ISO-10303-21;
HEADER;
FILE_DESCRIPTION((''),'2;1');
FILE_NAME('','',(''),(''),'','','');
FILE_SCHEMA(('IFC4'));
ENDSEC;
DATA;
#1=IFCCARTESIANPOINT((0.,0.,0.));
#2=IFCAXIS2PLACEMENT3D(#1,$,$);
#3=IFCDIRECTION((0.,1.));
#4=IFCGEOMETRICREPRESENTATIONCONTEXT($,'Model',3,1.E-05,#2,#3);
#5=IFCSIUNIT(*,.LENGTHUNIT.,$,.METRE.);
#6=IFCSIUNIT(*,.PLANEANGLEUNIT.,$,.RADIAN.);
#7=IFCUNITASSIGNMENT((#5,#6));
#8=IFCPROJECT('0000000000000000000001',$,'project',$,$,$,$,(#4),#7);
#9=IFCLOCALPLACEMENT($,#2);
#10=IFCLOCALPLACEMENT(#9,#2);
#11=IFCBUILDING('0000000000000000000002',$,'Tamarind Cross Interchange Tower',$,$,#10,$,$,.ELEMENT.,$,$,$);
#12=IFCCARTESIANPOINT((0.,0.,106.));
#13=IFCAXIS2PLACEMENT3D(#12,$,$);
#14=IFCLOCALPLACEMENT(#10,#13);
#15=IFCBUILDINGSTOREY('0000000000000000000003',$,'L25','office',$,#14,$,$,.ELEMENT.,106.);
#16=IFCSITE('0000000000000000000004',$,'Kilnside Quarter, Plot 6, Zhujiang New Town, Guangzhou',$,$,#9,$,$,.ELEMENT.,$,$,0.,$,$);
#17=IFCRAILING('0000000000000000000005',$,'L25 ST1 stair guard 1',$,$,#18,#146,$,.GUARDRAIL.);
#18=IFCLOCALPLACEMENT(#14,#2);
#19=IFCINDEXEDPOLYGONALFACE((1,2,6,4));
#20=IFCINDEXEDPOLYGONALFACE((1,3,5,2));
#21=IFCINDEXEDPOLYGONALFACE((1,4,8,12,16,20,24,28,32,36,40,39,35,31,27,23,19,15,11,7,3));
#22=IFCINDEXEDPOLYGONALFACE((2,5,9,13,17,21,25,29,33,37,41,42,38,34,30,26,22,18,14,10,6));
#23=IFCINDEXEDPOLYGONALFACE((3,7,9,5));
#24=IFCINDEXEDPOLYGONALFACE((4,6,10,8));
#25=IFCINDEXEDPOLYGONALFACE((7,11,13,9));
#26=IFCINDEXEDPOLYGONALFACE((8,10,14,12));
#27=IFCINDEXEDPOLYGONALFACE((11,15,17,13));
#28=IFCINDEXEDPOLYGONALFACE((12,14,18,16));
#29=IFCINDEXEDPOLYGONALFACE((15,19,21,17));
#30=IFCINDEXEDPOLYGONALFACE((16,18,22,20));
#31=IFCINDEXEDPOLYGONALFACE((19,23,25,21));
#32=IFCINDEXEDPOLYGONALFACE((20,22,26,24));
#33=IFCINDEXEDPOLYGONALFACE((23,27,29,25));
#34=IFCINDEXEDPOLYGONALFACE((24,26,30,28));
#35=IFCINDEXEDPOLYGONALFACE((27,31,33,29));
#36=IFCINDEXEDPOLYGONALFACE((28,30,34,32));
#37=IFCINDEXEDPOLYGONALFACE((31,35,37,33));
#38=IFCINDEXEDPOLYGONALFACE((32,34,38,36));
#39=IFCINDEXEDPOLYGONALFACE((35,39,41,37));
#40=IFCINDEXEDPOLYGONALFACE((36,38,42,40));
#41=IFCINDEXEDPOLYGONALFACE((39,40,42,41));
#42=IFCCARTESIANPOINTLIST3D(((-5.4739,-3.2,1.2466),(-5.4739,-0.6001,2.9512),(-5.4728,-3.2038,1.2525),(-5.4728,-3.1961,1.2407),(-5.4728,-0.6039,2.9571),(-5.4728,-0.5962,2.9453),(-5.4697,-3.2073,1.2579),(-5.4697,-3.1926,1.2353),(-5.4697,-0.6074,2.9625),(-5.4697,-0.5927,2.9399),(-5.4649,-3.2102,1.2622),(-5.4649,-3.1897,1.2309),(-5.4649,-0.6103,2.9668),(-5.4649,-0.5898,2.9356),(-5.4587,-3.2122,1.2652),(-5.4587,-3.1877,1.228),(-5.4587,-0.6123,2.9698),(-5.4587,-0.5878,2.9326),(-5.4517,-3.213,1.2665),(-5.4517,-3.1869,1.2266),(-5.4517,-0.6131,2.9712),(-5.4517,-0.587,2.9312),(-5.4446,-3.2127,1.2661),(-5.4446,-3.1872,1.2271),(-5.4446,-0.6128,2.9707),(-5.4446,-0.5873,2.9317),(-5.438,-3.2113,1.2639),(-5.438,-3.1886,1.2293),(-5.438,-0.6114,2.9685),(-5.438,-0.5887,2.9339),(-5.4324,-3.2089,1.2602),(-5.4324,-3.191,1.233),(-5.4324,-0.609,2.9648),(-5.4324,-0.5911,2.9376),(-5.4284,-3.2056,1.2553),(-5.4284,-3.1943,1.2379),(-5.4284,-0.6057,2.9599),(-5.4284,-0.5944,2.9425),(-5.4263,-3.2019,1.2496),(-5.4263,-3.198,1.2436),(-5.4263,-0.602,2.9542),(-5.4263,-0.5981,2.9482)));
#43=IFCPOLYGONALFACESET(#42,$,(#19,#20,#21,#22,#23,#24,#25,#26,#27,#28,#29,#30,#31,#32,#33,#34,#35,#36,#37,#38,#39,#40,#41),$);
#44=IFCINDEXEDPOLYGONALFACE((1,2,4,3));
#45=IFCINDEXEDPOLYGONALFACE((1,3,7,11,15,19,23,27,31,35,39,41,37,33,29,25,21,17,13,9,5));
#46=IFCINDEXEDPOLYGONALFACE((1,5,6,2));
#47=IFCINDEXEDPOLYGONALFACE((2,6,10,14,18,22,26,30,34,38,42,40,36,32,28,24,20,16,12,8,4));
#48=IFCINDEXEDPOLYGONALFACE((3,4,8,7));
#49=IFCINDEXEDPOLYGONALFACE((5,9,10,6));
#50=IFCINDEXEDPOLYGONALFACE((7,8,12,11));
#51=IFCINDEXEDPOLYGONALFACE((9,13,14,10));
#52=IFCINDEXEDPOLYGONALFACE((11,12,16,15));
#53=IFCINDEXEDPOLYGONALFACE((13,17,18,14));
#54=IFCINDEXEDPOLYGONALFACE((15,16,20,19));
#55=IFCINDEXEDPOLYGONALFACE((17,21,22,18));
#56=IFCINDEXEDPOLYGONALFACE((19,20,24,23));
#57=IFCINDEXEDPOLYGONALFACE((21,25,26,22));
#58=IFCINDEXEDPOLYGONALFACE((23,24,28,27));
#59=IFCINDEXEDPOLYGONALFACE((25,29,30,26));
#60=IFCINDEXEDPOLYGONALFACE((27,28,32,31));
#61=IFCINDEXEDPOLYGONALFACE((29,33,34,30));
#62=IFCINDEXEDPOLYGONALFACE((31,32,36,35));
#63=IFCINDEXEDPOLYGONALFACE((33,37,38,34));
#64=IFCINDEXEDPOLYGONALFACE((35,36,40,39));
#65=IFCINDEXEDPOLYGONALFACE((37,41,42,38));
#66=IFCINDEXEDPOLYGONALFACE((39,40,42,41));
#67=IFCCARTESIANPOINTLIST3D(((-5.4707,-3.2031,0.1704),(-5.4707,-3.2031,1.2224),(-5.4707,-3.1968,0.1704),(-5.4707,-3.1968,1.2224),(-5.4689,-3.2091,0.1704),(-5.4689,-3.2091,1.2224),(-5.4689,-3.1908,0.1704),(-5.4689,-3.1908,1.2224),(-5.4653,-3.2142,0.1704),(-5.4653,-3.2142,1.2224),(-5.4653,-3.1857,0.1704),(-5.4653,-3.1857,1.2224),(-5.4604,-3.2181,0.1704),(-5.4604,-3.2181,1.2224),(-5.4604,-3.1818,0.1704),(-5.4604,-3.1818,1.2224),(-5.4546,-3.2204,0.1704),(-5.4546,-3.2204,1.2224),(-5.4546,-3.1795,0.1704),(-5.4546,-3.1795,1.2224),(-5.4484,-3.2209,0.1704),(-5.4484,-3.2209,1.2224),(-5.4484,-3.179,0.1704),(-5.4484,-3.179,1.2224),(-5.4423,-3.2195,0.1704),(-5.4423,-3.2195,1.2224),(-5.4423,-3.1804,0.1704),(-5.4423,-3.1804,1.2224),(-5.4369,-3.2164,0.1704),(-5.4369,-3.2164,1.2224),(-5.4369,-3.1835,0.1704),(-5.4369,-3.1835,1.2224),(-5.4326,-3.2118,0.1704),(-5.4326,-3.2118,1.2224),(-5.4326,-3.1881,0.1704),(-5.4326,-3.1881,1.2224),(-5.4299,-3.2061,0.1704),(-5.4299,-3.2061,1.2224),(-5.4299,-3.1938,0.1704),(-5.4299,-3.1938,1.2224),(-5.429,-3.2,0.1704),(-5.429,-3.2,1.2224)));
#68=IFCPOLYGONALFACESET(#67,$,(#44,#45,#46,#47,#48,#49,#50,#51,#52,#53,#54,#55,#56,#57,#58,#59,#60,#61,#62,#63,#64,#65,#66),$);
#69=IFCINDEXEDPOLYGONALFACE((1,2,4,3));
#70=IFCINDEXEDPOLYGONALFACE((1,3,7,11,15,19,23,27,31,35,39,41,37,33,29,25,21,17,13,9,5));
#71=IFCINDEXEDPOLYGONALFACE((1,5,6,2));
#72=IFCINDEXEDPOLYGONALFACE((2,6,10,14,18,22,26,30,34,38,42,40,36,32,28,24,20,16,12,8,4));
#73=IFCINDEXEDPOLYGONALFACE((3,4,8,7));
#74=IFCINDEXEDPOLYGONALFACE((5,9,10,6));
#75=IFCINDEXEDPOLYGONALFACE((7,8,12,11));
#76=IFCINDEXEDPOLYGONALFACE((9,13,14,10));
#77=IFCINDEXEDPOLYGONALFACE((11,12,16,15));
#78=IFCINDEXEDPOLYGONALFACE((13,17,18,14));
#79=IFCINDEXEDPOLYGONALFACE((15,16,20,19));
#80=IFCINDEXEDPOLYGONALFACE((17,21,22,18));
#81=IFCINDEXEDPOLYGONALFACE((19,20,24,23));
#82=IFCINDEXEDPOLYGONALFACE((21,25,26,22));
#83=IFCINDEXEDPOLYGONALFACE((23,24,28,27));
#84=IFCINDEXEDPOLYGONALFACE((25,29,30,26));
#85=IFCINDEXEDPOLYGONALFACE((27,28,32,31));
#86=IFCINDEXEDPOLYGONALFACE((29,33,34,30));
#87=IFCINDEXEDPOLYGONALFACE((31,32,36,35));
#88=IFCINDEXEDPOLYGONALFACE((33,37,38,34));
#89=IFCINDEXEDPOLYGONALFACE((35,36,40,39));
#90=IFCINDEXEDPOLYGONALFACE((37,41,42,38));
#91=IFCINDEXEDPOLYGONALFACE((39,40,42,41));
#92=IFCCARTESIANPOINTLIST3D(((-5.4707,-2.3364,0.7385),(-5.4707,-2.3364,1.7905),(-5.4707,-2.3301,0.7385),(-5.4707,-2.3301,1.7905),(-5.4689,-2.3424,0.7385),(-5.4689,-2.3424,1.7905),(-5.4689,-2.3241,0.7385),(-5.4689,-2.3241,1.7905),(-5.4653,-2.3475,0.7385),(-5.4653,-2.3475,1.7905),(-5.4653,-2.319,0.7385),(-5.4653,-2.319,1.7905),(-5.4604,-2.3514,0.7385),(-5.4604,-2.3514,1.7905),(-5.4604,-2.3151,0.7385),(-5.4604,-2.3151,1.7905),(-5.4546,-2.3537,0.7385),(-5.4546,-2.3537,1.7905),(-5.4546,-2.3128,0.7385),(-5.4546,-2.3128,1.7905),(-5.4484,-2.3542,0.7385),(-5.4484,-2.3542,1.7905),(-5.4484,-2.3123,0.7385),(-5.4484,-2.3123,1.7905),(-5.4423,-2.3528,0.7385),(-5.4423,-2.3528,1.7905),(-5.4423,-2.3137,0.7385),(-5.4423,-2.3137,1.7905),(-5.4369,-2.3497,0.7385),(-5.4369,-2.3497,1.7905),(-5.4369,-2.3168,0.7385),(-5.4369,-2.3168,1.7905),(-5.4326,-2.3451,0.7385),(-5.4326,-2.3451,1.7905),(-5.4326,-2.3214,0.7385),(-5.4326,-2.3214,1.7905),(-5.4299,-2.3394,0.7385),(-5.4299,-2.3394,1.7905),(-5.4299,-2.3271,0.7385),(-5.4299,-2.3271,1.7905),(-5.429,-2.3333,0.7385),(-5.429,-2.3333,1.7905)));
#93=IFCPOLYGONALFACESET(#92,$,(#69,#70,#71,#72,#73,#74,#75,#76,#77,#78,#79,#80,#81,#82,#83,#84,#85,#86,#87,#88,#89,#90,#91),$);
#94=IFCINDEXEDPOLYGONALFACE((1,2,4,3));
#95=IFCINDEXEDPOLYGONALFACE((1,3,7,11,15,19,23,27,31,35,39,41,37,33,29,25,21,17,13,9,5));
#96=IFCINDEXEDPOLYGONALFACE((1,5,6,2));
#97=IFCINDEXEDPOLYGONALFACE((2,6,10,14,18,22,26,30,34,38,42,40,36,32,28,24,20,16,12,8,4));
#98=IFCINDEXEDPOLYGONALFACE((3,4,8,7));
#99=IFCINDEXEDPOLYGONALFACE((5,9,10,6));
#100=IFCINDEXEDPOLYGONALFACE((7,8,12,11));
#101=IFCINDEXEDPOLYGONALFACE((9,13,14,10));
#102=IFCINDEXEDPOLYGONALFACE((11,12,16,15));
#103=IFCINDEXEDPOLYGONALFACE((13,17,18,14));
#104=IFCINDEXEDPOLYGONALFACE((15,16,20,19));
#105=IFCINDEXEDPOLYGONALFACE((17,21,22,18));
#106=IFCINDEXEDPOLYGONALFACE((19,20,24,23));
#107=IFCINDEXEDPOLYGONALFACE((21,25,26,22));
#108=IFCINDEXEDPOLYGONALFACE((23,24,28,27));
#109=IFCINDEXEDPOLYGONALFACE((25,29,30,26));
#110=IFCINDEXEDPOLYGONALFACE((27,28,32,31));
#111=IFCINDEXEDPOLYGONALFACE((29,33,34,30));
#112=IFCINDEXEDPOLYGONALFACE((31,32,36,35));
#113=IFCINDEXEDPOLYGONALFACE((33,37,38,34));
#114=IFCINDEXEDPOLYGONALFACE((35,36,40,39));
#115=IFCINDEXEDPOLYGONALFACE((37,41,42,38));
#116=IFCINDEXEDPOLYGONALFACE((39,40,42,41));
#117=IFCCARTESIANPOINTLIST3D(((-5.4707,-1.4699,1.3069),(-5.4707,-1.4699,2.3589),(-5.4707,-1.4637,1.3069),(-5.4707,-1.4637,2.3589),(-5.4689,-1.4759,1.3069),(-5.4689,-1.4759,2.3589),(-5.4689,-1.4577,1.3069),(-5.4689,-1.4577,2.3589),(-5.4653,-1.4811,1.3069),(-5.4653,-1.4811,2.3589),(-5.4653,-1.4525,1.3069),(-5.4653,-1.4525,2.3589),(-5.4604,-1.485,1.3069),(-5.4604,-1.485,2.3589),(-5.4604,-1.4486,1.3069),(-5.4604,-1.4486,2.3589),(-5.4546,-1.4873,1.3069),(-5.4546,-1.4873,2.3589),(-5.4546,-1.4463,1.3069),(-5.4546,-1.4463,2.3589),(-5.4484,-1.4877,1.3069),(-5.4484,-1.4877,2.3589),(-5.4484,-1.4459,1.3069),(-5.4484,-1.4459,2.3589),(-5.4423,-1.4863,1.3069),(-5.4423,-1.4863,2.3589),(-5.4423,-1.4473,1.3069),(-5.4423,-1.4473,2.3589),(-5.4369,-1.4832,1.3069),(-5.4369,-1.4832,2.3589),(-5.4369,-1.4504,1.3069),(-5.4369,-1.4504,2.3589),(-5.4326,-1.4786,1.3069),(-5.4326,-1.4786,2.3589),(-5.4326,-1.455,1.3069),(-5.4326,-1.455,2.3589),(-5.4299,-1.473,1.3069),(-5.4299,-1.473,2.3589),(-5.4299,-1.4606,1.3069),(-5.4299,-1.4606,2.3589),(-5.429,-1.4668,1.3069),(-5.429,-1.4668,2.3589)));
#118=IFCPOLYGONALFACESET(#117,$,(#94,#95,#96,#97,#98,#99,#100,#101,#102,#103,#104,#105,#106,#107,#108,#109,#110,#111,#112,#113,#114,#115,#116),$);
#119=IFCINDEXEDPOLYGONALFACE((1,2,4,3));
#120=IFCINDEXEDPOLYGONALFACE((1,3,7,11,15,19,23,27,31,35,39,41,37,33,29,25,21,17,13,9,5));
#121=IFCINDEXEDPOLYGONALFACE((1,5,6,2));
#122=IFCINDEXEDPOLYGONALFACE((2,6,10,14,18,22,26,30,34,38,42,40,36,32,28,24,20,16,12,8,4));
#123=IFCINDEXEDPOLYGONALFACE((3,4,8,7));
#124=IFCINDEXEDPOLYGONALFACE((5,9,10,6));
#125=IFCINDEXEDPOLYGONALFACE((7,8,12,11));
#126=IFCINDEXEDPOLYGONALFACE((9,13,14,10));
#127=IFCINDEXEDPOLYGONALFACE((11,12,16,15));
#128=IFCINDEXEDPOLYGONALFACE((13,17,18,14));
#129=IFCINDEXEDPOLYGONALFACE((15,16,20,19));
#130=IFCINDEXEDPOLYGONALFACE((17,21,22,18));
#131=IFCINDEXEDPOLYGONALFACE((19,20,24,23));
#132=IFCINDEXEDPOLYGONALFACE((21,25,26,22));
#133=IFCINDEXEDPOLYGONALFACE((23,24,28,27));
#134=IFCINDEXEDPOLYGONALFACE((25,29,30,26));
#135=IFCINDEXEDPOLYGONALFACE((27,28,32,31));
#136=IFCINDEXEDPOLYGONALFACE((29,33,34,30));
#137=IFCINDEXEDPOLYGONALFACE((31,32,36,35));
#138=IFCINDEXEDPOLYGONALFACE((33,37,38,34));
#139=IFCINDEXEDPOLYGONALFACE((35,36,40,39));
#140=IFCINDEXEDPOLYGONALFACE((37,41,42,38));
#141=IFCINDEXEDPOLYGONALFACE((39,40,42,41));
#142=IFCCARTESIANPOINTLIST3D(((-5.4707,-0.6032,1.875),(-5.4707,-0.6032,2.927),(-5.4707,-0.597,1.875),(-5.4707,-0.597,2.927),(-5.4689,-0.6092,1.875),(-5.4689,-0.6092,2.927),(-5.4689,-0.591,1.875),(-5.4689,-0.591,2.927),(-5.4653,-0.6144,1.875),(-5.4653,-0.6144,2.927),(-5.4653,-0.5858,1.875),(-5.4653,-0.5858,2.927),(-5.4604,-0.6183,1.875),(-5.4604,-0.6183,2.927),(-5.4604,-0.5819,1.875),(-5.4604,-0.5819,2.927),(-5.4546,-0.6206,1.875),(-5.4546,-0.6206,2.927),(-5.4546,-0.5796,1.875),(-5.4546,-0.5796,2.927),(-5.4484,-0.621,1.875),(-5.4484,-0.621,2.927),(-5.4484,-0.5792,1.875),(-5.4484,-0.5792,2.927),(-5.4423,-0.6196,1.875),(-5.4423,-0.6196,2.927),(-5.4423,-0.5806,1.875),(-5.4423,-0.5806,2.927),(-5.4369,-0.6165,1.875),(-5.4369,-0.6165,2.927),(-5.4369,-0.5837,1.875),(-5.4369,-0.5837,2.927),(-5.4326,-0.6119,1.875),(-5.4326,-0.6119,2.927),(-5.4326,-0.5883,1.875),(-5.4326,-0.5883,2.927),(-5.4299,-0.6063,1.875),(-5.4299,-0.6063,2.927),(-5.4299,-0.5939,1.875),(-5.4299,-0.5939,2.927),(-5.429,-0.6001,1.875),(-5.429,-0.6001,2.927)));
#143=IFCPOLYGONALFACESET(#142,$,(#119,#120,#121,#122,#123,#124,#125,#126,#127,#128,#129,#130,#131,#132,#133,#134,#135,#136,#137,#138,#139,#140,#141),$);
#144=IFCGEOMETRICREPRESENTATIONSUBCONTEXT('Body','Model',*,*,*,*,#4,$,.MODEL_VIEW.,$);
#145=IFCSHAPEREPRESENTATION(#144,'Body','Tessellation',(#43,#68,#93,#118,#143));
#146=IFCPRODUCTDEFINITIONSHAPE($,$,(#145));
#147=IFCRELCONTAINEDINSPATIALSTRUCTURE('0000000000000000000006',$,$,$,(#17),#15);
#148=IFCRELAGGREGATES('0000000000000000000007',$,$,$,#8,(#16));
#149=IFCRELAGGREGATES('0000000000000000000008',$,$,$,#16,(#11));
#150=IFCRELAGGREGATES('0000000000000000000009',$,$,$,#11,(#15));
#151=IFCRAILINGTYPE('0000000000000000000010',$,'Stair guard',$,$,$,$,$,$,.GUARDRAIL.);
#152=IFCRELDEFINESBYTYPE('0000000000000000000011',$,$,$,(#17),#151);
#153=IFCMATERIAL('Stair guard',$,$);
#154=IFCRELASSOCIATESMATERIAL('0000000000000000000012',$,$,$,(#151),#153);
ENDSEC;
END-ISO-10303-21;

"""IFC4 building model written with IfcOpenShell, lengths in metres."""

from ifc_helpers import new_model, si_unit, direction, frame, origin, origin_2d, place, context, subcontext, project, spatial, circle, extrude, material, type_object, element, save


model = new_model("IFC4")

# Units and contexts
model_context = context("Model", 3, precision=1e-05, world=origin(), true_north=direction((0.0, 1.0)))
body_context = subcontext(model_context, "Body", "Model", "MODEL_VIEW")
ifc_project = project(units=[si_unit("LENGTHUNIT", "METRE"), si_unit("PLANEANGLEUNIT", "RADIAN")], contexts=[model_context])

# Site, building, storey
site_placement = place(None, origin())
site = spatial("IfcSite", under=ifc_project, at=site_placement, Name="Kilnside Quarter, Plot 6, Zhujiang New Town, Guangzhou", CompositionType="ELEMENT", RefElevation=0.0)
building_placement = place(site_placement, origin())
building = spatial("IfcBuilding", under=site, at=building_placement, Name="Tamarind Cross Interchange Tower", CompositionType="ELEMENT")
storey_placement = place(building_placement, frame((0.0, 0.0, 106.0)))
storey = spatial("IfcBuildingStorey", under=building, at=storey_placement, Name="L25", Description="office", CompositionType="ELEMENT", Elevation=106.0)

# Railing
ifc_material_1 = material(Name="Stair guard")
railing_type_1 = type_object("IfcRailingType", Name="Stair guard", PredefinedType="GUARDRAIL", material=ifc_material_1)
railing_1_placement = place(storey_placement, frame((-5.45, -3.2, 0.1704)))
element("IfcRailing", 1, at=railing_1_placement, inside=storey, type_object=railing_type_1, Name="L25 ST1 stair guard 1", PredefinedType="GUARDRAIL", context=body_context, shape_type="SweptSolid", body=[
    extrude(circle(Radius=0.0239, at=origin_2d()), frame((0.0, 0.0, 1.0762), z_axis=(0.0, 0.836279, 0.548305), x_axis=(-1.0, 0.0, 0.0)), (0.0, 0.0, 1.0), 3.1089),
    extrude(circle(Radius=0.021, at=origin_2d()), origin(), (0.0, 0.0, 1.0), 1.052),
    extrude(circle(Radius=0.021, at=origin_2d()), frame((0.0, 0.8667, 0.5681)), (0.0, 0.0, 1.0), 1.052),
    extrude(circle(Radius=0.021, at=origin_2d()), frame((0.0, 1.7332, 1.1365)), (0.0, 0.0, 1.0), 1.052),
    extrude(circle(Radius=0.021, at=origin_2d()), frame((0.0, 2.5999, 1.7046)), (0.0, 0.0, 1.0), 1.052),
])

save(model, "model.ifc")
